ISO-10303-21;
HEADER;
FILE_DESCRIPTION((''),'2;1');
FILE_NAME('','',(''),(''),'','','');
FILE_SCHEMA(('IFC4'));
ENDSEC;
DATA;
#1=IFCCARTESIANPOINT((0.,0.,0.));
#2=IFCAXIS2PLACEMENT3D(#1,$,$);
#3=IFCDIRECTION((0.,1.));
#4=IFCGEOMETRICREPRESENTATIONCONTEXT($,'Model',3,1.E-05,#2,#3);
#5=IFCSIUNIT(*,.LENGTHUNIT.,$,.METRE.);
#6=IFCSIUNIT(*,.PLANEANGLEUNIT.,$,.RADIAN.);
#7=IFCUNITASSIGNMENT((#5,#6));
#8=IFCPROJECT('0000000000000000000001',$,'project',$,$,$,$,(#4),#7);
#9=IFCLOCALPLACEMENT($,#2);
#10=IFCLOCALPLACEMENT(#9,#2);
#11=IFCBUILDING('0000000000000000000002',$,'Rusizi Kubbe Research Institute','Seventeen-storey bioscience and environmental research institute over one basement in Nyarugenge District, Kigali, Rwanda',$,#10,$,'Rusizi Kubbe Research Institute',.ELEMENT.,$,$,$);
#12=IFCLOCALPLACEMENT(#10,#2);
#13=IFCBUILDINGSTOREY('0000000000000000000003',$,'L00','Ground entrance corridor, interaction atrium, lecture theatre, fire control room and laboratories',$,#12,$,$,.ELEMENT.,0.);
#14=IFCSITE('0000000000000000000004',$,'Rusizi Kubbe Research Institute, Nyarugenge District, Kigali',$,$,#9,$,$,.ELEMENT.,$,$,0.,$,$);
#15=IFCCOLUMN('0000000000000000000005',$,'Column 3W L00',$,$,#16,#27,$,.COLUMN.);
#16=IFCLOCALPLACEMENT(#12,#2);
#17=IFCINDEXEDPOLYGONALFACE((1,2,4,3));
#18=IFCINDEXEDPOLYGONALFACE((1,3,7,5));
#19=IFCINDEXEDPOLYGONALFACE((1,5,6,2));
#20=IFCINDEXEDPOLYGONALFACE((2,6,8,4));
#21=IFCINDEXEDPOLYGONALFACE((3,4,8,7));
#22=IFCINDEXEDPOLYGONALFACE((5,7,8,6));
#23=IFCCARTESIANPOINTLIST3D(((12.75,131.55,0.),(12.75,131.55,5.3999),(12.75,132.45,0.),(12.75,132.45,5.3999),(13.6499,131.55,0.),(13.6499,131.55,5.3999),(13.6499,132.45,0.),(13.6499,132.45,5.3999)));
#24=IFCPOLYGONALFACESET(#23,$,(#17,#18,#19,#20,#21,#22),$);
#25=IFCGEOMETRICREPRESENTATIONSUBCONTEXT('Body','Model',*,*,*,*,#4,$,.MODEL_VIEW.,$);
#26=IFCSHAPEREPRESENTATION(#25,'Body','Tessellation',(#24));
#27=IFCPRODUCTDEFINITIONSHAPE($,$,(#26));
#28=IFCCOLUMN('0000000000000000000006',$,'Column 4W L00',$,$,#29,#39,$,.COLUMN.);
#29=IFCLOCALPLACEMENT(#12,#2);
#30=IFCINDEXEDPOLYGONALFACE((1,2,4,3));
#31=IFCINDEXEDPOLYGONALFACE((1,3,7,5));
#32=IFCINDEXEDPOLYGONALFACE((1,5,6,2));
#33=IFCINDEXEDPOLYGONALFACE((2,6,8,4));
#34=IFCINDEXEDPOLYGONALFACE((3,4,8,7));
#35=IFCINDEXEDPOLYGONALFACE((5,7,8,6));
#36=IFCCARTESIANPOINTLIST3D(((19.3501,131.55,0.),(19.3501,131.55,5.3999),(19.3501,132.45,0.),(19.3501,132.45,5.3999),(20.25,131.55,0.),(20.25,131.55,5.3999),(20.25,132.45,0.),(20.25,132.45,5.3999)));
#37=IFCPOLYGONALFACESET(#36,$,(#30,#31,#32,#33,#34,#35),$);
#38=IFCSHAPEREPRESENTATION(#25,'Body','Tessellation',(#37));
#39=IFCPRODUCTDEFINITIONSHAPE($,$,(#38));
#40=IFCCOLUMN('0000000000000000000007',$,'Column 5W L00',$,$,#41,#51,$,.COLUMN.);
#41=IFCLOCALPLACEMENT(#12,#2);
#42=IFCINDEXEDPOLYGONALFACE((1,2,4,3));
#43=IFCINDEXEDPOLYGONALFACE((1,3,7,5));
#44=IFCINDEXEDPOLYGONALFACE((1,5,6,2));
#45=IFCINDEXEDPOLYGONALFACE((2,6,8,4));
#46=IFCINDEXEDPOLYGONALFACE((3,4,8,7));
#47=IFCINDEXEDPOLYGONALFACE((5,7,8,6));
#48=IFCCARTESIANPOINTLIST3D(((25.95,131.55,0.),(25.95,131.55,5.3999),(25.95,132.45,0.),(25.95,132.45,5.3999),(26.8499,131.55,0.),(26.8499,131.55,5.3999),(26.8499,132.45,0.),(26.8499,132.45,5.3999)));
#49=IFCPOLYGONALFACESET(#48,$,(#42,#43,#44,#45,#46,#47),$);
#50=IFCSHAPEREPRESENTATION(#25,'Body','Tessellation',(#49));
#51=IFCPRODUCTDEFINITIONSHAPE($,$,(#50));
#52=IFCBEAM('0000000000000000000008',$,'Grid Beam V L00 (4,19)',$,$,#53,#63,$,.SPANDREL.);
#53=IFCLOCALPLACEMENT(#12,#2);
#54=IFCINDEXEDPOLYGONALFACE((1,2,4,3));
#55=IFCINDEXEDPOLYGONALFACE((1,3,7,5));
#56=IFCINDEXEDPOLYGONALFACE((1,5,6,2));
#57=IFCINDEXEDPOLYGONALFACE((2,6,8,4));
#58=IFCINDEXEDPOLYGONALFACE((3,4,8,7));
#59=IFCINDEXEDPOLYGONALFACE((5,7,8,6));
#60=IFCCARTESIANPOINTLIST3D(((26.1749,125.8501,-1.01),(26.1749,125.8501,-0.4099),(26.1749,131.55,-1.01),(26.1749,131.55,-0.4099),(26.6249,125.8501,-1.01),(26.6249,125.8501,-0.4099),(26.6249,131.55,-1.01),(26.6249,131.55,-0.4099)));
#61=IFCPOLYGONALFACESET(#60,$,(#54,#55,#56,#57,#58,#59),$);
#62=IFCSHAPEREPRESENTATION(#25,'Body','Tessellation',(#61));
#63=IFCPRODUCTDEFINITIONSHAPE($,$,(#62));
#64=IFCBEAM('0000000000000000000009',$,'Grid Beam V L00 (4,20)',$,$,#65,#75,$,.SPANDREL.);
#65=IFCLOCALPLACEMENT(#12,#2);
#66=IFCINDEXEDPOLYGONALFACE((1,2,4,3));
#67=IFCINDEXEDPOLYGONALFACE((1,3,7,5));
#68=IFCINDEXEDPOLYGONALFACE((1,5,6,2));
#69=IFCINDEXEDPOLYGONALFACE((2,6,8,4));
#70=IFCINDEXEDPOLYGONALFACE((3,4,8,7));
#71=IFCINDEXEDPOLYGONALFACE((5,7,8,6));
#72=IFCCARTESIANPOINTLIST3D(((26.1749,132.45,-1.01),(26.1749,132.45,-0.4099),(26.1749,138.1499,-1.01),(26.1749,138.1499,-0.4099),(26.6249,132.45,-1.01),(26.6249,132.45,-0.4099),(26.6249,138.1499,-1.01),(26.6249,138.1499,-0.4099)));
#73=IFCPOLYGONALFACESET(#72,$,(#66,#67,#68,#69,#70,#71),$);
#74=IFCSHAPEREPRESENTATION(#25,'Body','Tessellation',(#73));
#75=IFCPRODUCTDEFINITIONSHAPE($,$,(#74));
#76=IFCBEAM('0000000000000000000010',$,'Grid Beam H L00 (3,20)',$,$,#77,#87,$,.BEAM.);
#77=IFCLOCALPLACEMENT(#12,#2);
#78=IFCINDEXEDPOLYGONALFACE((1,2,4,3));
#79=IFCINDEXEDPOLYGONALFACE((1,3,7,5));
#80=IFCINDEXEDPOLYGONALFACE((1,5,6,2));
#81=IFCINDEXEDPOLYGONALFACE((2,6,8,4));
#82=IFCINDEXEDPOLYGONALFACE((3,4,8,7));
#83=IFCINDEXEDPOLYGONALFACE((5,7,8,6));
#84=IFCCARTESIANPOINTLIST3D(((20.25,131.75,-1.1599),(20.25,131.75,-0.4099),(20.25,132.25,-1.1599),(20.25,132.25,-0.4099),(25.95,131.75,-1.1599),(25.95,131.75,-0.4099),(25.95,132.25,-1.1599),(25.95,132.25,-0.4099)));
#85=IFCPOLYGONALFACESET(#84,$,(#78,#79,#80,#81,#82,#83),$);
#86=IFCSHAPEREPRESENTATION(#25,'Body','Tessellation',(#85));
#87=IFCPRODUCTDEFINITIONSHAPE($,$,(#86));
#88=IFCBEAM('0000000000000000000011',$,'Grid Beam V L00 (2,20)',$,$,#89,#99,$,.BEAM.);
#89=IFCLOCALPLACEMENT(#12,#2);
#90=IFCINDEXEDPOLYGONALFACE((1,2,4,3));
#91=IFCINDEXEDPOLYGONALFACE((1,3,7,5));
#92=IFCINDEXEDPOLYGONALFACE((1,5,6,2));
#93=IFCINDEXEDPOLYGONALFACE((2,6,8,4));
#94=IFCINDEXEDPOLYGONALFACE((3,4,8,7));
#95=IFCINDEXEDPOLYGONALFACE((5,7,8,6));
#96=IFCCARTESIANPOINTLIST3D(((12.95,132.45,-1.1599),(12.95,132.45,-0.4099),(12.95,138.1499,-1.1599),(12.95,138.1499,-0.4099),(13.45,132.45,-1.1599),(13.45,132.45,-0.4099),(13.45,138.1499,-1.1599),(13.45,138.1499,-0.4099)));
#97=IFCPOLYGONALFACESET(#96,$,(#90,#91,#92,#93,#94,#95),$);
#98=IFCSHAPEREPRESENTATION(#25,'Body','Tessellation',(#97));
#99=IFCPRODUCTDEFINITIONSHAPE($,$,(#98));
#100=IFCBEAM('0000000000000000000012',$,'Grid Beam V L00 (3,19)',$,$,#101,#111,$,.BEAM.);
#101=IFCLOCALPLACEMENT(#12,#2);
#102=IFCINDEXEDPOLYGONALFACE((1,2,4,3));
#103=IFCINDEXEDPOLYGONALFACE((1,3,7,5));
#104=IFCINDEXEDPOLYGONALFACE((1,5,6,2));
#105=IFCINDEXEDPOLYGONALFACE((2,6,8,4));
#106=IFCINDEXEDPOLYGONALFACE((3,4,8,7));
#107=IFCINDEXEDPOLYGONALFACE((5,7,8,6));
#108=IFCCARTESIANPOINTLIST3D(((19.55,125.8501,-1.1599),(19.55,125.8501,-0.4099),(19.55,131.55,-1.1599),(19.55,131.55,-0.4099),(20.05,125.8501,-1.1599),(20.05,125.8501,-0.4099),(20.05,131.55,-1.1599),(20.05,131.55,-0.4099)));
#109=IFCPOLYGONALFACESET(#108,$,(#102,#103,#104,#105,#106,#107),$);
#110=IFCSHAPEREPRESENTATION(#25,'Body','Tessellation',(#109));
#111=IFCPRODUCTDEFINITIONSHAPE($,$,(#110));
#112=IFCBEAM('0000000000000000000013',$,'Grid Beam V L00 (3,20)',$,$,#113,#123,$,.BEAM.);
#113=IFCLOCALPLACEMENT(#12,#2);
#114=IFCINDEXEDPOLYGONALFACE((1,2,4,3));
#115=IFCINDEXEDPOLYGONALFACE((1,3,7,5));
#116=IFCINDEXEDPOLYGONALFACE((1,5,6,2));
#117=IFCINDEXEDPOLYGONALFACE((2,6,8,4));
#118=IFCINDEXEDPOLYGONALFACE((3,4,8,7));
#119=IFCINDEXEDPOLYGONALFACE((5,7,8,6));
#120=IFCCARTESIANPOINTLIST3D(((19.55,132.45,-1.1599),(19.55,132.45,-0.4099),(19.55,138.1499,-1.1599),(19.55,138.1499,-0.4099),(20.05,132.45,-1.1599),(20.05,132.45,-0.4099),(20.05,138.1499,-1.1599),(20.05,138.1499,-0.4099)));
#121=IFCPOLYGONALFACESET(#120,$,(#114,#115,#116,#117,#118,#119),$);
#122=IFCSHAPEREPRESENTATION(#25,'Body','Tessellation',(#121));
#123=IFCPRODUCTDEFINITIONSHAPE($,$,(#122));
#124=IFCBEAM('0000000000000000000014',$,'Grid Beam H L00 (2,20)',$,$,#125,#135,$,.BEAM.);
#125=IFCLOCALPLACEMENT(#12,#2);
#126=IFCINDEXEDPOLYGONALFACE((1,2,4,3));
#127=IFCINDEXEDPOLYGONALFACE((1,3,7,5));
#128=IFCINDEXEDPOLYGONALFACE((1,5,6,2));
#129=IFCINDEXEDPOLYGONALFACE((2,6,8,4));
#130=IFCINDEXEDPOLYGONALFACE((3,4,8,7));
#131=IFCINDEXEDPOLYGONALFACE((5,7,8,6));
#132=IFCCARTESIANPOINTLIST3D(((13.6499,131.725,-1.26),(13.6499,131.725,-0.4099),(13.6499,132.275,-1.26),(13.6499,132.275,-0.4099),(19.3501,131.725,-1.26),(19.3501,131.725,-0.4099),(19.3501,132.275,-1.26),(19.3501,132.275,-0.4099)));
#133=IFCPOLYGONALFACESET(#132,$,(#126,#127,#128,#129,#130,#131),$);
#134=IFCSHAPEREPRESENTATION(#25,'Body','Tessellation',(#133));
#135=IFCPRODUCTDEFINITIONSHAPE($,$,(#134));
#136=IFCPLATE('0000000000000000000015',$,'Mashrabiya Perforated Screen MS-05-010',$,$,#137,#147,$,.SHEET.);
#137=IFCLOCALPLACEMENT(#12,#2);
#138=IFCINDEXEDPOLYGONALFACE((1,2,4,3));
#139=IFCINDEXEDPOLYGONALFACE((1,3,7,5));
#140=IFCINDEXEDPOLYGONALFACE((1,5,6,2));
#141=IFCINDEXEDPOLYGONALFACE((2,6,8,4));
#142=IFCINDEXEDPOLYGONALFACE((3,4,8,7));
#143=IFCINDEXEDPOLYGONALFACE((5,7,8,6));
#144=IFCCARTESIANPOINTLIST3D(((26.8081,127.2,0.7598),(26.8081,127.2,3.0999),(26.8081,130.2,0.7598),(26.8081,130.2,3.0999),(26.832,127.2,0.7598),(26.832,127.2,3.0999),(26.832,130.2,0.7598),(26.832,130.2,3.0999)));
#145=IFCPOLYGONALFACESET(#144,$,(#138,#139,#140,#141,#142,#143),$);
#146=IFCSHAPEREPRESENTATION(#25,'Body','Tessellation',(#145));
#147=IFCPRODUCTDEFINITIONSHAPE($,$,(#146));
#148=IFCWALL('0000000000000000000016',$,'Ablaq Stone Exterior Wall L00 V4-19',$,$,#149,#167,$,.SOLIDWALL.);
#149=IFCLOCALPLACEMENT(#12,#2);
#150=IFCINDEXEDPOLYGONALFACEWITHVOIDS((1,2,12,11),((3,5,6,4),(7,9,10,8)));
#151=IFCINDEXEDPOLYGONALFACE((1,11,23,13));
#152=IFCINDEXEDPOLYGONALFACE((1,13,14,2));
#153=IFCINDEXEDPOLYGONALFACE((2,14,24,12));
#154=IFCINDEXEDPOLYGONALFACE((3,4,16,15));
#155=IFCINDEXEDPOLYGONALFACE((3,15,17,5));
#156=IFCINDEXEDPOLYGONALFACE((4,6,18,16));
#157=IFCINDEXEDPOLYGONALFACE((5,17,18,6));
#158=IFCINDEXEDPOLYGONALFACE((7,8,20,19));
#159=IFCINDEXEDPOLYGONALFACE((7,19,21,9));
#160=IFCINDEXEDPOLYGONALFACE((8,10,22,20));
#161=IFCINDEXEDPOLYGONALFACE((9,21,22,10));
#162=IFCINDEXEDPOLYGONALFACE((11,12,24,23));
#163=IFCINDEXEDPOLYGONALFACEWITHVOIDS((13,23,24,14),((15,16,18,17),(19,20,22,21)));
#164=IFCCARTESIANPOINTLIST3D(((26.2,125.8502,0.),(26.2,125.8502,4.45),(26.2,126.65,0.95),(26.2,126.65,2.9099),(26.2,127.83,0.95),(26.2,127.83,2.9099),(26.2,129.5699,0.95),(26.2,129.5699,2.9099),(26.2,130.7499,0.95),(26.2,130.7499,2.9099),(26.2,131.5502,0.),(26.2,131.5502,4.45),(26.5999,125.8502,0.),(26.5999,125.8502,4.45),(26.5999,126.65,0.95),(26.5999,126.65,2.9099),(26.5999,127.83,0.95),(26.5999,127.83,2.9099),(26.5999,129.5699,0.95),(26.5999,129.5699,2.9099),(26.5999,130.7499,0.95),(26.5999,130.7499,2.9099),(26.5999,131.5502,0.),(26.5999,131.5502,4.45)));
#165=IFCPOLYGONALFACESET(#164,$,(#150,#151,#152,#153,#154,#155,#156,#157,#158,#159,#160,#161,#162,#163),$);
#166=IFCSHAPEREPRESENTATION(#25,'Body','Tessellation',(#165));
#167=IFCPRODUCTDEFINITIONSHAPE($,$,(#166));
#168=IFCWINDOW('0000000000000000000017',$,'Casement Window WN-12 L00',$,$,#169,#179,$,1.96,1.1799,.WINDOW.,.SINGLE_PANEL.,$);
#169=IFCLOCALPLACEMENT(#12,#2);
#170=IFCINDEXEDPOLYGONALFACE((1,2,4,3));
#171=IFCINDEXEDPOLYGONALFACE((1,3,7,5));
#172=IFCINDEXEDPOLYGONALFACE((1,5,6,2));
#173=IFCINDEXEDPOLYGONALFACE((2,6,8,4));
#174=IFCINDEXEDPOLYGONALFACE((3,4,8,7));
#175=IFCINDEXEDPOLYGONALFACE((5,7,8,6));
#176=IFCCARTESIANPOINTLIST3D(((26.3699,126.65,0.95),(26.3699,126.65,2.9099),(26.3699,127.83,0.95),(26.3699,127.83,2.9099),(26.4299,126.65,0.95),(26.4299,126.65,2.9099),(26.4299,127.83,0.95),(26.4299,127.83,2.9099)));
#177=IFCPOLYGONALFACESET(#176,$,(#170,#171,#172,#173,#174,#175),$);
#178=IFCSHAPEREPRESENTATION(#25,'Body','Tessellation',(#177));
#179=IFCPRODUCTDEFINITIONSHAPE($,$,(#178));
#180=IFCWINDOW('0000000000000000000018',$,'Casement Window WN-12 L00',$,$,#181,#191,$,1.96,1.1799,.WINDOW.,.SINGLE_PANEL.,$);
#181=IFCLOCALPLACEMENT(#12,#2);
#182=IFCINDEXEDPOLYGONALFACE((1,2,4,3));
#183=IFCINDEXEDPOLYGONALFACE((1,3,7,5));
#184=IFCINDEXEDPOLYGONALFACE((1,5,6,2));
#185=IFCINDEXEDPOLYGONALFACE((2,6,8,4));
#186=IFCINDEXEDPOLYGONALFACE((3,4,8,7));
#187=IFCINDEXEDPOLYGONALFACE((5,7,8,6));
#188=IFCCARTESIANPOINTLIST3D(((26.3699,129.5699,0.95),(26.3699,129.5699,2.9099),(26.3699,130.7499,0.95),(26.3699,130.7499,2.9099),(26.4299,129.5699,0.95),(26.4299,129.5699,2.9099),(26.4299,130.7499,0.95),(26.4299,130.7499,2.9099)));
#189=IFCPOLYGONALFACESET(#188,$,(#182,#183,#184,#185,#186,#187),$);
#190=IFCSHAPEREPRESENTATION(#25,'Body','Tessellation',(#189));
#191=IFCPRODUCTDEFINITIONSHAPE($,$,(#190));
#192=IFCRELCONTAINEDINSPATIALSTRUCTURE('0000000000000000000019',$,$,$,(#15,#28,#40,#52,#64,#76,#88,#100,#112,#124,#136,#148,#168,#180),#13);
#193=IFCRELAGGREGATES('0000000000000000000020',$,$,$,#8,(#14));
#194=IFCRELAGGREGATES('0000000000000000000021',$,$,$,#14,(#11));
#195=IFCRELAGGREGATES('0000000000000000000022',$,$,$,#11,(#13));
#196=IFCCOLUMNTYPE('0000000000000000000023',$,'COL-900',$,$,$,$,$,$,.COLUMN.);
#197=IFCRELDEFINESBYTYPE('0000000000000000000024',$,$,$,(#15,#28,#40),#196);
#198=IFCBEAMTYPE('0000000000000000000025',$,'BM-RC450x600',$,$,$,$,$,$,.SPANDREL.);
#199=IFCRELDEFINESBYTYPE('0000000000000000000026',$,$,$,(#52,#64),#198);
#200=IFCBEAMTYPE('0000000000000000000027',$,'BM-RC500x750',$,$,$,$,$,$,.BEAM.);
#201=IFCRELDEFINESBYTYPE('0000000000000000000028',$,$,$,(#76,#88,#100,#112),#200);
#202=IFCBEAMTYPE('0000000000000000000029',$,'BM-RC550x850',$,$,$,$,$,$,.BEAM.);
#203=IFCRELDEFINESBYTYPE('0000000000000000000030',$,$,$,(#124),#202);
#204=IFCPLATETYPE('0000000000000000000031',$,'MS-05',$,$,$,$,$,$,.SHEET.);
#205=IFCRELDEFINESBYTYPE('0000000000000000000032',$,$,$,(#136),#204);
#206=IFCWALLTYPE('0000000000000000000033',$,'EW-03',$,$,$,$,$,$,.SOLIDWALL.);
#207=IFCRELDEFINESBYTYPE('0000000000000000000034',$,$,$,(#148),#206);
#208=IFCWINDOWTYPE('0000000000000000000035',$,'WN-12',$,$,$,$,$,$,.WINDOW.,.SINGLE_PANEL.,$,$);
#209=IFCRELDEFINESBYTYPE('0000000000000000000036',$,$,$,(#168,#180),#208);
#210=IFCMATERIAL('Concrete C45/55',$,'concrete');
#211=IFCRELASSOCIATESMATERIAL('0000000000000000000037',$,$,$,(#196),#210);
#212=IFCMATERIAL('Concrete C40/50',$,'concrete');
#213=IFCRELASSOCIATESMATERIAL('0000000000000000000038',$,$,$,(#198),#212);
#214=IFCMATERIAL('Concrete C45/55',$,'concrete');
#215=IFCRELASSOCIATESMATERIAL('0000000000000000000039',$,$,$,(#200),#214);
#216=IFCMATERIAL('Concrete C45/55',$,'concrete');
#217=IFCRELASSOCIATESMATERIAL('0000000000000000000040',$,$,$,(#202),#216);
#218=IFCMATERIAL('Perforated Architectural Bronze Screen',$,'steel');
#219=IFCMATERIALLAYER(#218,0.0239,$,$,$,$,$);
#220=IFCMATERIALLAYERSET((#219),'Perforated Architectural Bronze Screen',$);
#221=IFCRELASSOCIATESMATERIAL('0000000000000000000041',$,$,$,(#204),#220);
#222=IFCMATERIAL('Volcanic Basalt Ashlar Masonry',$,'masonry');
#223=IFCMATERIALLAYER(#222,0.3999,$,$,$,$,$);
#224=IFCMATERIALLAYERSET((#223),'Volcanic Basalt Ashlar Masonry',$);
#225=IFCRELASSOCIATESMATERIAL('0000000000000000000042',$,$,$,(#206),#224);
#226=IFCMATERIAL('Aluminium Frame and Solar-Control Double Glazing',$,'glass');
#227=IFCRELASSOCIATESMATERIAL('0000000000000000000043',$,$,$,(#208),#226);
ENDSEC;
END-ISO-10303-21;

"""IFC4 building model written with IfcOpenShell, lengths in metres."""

from ifc_helpers import new_model, si_unit, direction, frame, frame_2d, origin, origin_2d, place, context, subcontext, project, spatial, rectangle, extrude, material, layer, layer_set, material_profile, profile_set, type_object, element, fill, save


model = new_model("IFC4")

# Units and contexts
model_context = context("Model", 3, precision=1e-05, world=origin(), true_north=direction((0.0, 1.0)))
body_context = subcontext(model_context, "Body", "Model", "MODEL_VIEW")
ifc_project = project(units=[si_unit("LENGTHUNIT", "METRE"), si_unit("PLANEANGLEUNIT", "RADIAN")], contexts=[model_context])

# Site, building, storey
site_placement = place(None, origin())
site = spatial("IfcSite", under=ifc_project, at=site_placement, Name="Rusizi Kubbe Research Institute, Nyarugenge District, Kigali", CompositionType="ELEMENT", RefElevation=0.0)
building_placement = place(site_placement, origin())
building = spatial("IfcBuilding", under=site, at=building_placement, Name="Rusizi Kubbe Research Institute", Description="Seventeen-storey bioscience and environmental research institute over one basement in Nyarugenge District, Kigali, Rwanda", LongName="Rusizi Kubbe Research Institute", CompositionType="ELEMENT")
storey_placement = place(building_placement, origin())
storey = spatial("IfcBuildingStorey", under=building, at=storey_placement, Name="L00", Description="Ground entrance corridor, interaction atrium, lecture theatre, fire control room and laboratories", CompositionType="ELEMENT", Elevation=0.0)

# Columns
ifc_material_1 = material(Name="Concrete C45/55", Category="concrete")
ifc_material_profile_1 = material_profile(ifc_material_1, rectangle(XDim=0.8999, YDim=0.8999, at=origin_2d()), Name="RC900x900")
ifc_profile_set_1 = profile_set([ifc_material_profile_1], Name="Concrete C45/55")
column_type = type_object("IfcColumnType", Name="COL-900", PredefinedType="COLUMN", material=ifc_profile_set_1)
for number, where, z_axis, x_axis, name in (
    (1, (13.2, 132.0, 0.0), (0.0, 0.0, 1.0), (1.0, 0.0, 0.0), "Column 3W L00"),
    (2, (19.8, 132.0, 0.0), (0.0, 0.0, 1.0), (1.0, 0.0, 0.0), "Column 4W L00"),
    (3, (26.3999, 132.0, 0.0), (0.0, 0.0, 1.0), (1.0, 0.0, 0.0), "Column 5W L00"),
):
    element("IfcColumn", number, at=place(storey_placement, frame(where, z_axis=z_axis, x_axis=x_axis)), inside=storey, type_object=column_type, Name=name, PredefinedType="COLUMN", context=body_context, shape_type="SweptSolid", body=[
        extrude(rectangle(XDim=0.8999, YDim=0.8999, at=origin_2d()), origin(), (0.0, 0.0, 1.0), 5.3999),
    ])

# Beams
ifc_material_2 = material(Name="Concrete C40/50", Category="concrete")
ifc_material_profile_2 = material_profile(ifc_material_2, rectangle(XDim=0.45, YDim=0.6001, at=origin_2d()), Name="RC450x600")
ifc_profile_set_2 = profile_set([ifc_material_profile_2], Name="Concrete C40/50")
beam_type_1 = type_object("IfcBeamType", Name="BM-RC450x600", PredefinedType="SPANDREL", material=ifc_profile_set_2)
for number, where, z_axis, x_axis, name in (
    (4, (26.3999, 125.8501, -0.71), (0.0, 1.0, 0.0), (-1.0, 0.0, 0.0), "Grid Beam V L00 (4,19)"),
    (5, (26.3999, 132.45, -0.71), (0.0, 1.0, 0.0), (-1.0, 0.0, 0.0), "Grid Beam V L00 (4,20)"),
):
    element("IfcBeam", number, at=place(storey_placement, frame(where, z_axis=z_axis, x_axis=x_axis)), inside=storey, type_object=beam_type_1, Name=name, PredefinedType="SPANDREL", context=body_context, shape_type="SweptSolid", body=[
        extrude(rectangle(XDim=0.45, YDim=0.6001, at=origin_2d()), origin(), (0.0, 0.0, 1.0), 5.7),
    ])
ifc_material_3 = material(Name="Concrete C45/55", Category="concrete")
ifc_material_profile_3 = material_profile(ifc_material_3, rectangle(XDim=0.5, YDim=0.75, at=origin_2d()), Name="RC500x750B")
ifc_profile_set_3 = profile_set([ifc_material_profile_3], Name="Concrete C45/55")
beam_type_2 = type_object("IfcBeamType", Name="BM-RC500x750", PredefinedType="BEAM", material=ifc_profile_set_3)
for number, where, z_axis, x_axis, name in (
    (6, (20.25, 132.0, -0.7849), (1.0, 0.0, 0.0), (0.0, 1.0, 0.0), "Grid Beam H L00 (3,20)"),
    (7, (13.2, 132.45, -0.7849), (0.0, 1.0, 0.0), (-1.0, 0.0, 0.0), "Grid Beam V L00 (2,20)"),
    (8, (19.8, 125.8501, -0.7849), (0.0, 1.0, 0.0), (-1.0, 0.0, 0.0), "Grid Beam V L00 (3,19)"),
    (9, (19.8, 132.45, -0.7849), (0.0, 1.0, 0.0), (-1.0, 0.0, 0.0), "Grid Beam V L00 (3,20)"),
):
    element("IfcBeam", number, at=place(storey_placement, frame(where, z_axis=z_axis, x_axis=x_axis)), inside=storey, type_object=beam_type_2, Name=name, PredefinedType="BEAM", context=body_context, shape_type="SweptSolid", body=[
        extrude(rectangle(XDim=0.5, YDim=0.75, at=origin_2d()), origin(), (0.0, 0.0, 1.0), 5.7),
    ])
ifc_material_4 = material(Name="Concrete C45/55", Category="concrete")
ifc_material_profile_4 = material_profile(ifc_material_4, rectangle(XDim=0.55, YDim=0.8501, at=origin_2d()), Name="RC550x850")
ifc_profile_set_4 = profile_set([ifc_material_profile_4], Name="Concrete C45/55")
beam_type_3 = type_object("IfcBeamType", Name="BM-RC550x850", PredefinedType="BEAM", material=ifc_profile_set_4)
beam_placement = place(storey_placement, frame((13.6499, 132.0, -0.835), z_axis=(1.0, 0.0, 0.0), x_axis=(0.0, 1.0, 0.0)))
element("IfcBeam", 10, at=beam_placement, inside=storey, type_object=beam_type_3, Name="Grid Beam H L00 (2,20)", PredefinedType="BEAM", context=body_context, shape_type="SweptSolid", body=[
    extrude(rectangle(XDim=0.55, YDim=0.8501, at=origin_2d()), origin(), (0.0, 0.0, 1.0), 5.7002),
])

# Plate
ifc_material_5 = material(Name="Perforated Architectural Bronze Screen", Category="steel")
ifc_layer_1 = layer(ifc_material_5, 0.0239)
ifc_layer_set_1 = layer_set([ifc_layer_1], Name="Perforated Architectural Bronze Screen")
plate_type = type_object("IfcPlateType", Name="MS-05", PredefinedType="SHEET", material=ifc_layer_set_1)
plate_placement = place(storey_placement, frame((26.8201, 128.7, 0.7598), z_axis=(0.0, 0.0, 1.0), x_axis=(0.0, 1.0, 0.0)))
element("IfcPlate", 11, at=plate_placement, inside=storey, type_object=plate_type, Name="Mashrabiya Perforated Screen MS-05-010", PredefinedType="SHEET", context=body_context, shape_type="SweptSolid", body=[
    extrude(rectangle(XDim=3.0, YDim=0.0239, at=origin_2d()), origin(), (0.0, 0.0, 1.0), 2.3401),
])

# Wall, openings, windows
ifc_material_6 = material(Name="Volcanic Basalt Ashlar Masonry", Category="masonry")
ifc_layer_2 = layer(ifc_material_6, 0.3999)
ifc_layer_set_2 = layer_set([ifc_layer_2], Name="Volcanic Basalt Ashlar Masonry")
wall_type_1 = type_object("IfcWallType", Name="EW-03", PredefinedType="SOLIDWALL", material=ifc_layer_set_2)
wall_1_placement = place(storey_placement, frame((26.3999, 125.8501, 0.0), z_axis=(0.0, 0.0, 1.0), x_axis=(0.0, 1.0, 0.0)))
wall_1 = element("IfcWall", 12, at=wall_1_placement, inside=storey, type_object=wall_type_1, Name="Ablaq Stone Exterior Wall L00 V4-19", PredefinedType="SOLIDWALL", context=body_context, shape_type="SweptSolid", body=[
    extrude(rectangle(XDim=5.7, YDim=0.3999, at=frame_2d((2.8501, 0.0))), origin(), (0.0, 0.0, 1.0), 4.45),
])
opening_1_placement = place(wall_1_placement, frame((0.8, 0.0, 0.95)))
opening_1 = element("IfcOpeningElement", 13, at=opening_1_placement, cuts=wall_1, PredefinedType="OPENING", context=body_context, shape_type="SweptSolid", body=[
    extrude(rectangle(XDim=1.1799, YDim=1.96, at=frame_2d((0.5898, 0.98))), frame((0.0, 0.21, 0.0), z_axis=(0.0, -1.0, 0.0), x_axis=(1.0, 0.0, 0.0)), (0.0, 0.0, 1.0), 0.4199),
])
opening_2_placement = place(wall_1_placement, frame((3.72, 0.0, 0.95)))
opening_2 = element("IfcOpeningElement", 14, at=opening_2_placement, cuts=wall_1, PredefinedType="OPENING", context=body_context, shape_type="SweptSolid", body=[
    extrude(rectangle(XDim=1.1799, YDim=1.96, at=frame_2d((0.5898, 0.98))), frame((0.0, 0.21, 0.0), z_axis=(0.0, -1.0, 0.0), x_axis=(1.0, 0.0, 0.0)), (0.0, 0.0, 1.0), 0.4199),
])
ifc_material_7 = material(Name="Aluminium Frame and Solar-Control Double Glazing", Category="glass")
window_type_1 = type_object("IfcWindowType", Name="WN-12", PartitioningType="SINGLE_PANEL", PredefinedType="WINDOW", material=ifc_material_7)
window_1_placement = place(opening_1_placement, origin())
window_1 = element("IfcWindow", 15, at=window_1_placement, inside=storey, type_object=window_type_1, Name="Casement Window WN-12 L00", OverallHeight=1.96, OverallWidth=1.1799, PartitioningType="SINGLE_PANEL", PredefinedType="WINDOW", context=body_context, shape_type="SweptSolid", body=[
    extrude(rectangle(XDim=1.1799, YDim=1.96, at=frame_2d((0.5898, 0.98))), frame((0.0, 0.03, 0.0), z_axis=(0.0, -1.0, 0.0), x_axis=(1.0, 0.0, 0.0)), (0.0, 0.0, 1.0), 0.0601),
])
fill(opening_1, window_1)
window_2_placement = place(opening_2_placement, origin())
window_2 = element("IfcWindow", 16, at=window_2_placement, inside=storey, type_object=window_type_1, Name="Casement Window WN-12 L00", OverallHeight=1.96, OverallWidth=1.1799, PartitioningType="SINGLE_PANEL", PredefinedType="WINDOW", context=body_context, shape_type="SweptSolid", body=[
    extrude(rectangle(XDim=1.1799, YDim=1.96, at=frame_2d((0.5898, 0.98))), frame((0.0, 0.03, 0.0), z_axis=(0.0, -1.0, 0.0), x_axis=(1.0, 0.0, 0.0)), (0.0, 0.0, 1.0), 0.0601),
])
fill(opening_2, window_2)

save(model, "model.ifc")
